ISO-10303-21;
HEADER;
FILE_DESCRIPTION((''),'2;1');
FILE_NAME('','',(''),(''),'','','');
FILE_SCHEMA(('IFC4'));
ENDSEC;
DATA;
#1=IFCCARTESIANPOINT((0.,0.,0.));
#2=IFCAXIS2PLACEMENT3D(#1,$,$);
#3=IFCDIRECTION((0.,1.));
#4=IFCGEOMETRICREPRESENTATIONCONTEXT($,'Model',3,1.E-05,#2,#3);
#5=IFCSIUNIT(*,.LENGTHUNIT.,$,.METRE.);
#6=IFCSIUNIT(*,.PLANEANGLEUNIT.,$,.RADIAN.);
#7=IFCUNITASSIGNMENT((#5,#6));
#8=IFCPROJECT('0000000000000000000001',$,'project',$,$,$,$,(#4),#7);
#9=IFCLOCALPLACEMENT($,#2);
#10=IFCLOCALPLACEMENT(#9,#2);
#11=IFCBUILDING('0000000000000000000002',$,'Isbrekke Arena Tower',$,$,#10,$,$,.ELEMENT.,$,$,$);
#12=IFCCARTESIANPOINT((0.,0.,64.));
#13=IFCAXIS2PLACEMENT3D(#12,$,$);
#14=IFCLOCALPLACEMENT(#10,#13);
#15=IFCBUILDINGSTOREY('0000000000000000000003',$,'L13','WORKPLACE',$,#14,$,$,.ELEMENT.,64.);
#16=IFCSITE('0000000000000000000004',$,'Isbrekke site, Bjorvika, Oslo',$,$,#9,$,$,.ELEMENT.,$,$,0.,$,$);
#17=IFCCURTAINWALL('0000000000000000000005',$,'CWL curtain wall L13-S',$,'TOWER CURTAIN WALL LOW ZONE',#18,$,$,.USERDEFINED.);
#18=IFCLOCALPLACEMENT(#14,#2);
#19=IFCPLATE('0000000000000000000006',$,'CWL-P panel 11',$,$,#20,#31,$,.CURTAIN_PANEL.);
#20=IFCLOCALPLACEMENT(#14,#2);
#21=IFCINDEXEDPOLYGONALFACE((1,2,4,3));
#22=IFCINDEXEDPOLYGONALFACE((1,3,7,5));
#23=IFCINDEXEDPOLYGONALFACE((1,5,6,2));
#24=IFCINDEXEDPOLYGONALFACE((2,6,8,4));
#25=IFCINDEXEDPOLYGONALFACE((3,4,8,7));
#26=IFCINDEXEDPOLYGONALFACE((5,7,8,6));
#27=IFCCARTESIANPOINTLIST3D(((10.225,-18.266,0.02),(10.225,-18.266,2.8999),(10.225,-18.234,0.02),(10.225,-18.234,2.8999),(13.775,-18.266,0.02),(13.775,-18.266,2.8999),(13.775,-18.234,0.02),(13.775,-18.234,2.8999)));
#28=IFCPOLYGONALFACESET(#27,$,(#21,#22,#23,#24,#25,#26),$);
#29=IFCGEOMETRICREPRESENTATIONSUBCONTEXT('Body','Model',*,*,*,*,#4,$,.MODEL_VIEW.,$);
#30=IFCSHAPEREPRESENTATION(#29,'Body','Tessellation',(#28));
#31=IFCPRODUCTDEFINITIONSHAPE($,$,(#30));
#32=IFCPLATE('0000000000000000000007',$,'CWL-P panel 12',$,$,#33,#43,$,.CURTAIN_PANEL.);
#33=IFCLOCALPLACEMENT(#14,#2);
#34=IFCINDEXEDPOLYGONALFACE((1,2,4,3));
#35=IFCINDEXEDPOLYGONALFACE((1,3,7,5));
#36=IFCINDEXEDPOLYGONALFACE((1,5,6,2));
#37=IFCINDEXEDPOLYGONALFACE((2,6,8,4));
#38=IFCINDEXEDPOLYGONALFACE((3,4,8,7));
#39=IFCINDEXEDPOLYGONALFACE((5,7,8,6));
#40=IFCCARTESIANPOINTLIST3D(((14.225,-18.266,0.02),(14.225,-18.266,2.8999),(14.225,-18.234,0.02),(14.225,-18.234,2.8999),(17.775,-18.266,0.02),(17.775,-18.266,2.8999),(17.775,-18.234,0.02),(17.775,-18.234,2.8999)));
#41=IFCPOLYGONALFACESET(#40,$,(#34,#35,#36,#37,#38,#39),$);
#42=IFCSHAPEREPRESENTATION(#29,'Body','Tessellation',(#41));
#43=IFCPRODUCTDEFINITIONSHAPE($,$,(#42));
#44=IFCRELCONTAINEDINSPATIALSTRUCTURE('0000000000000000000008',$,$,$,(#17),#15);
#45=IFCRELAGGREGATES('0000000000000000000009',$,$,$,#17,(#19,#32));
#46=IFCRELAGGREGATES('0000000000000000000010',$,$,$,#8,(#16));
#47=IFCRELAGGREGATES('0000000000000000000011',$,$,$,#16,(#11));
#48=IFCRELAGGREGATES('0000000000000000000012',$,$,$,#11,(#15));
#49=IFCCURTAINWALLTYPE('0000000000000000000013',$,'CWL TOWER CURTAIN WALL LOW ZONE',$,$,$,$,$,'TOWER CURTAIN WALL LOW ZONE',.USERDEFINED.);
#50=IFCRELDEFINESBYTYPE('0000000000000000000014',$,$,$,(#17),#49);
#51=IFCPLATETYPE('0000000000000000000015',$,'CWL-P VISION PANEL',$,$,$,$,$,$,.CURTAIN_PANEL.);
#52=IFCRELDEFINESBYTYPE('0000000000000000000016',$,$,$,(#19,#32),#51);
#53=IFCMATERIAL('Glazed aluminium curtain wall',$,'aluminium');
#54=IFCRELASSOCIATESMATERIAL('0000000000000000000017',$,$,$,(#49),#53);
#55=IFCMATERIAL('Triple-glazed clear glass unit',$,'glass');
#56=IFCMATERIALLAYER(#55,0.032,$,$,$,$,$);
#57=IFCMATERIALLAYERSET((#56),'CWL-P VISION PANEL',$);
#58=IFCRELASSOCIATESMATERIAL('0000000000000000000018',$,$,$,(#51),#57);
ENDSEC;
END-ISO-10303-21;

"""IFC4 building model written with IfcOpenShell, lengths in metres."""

from ifc_helpers import new_model, si_unit, direction, frame, origin, origin_2d, place, context, subcontext, project, spatial, rectangle, extrude, material, layer, layer_set, type_object, element, aggregate, save


model = new_model("IFC4")

# Units and contexts
model_context = context("Model", 3, precision=1e-05, world=origin(), true_north=direction((0.0, 1.0)))
body_context = subcontext(model_context, "Body", "Model", "MODEL_VIEW")
ifc_project = project(units=[si_unit("LENGTHUNIT", "METRE"), si_unit("PLANEANGLEUNIT", "RADIAN")], contexts=[model_context])

# Site, building, storey
site_placement = place(None, origin())
site = spatial("IfcSite", under=ifc_project, at=site_placement, Name="Isbrekke site, Bjorvika, Oslo", CompositionType="ELEMENT", RefElevation=0.0)
building_placement = place(site_placement, origin())
building = spatial("IfcBuilding", under=site, at=building_placement, Name="Isbrekke Arena Tower", CompositionType="ELEMENT")
storey_placement = place(building_placement, frame((0.0, 0.0, 64.0)))
storey = spatial("IfcBuildingStorey", under=building, at=storey_placement, Name="L13", Description="WORKPLACE", CompositionType="ELEMENT", Elevation=64.0)

# Curtain wall
ifc_material_1 = material(Name="Glazed aluminium curtain wall", Category="aluminium")
curtain_wall_type = type_object("IfcCurtainWallType", Name="CWL TOWER CURTAIN WALL LOW ZONE", ElementType="TOWER CURTAIN WALL LOW ZONE", PredefinedType="USERDEFINED", material=ifc_material_1)
curtain_wall_placement = place(storey_placement, origin())
curtain_wall = element("IfcCurtainWall", 1, at=curtain_wall_placement, inside=storey, type_object=curtain_wall_type, Name="CWL curtain wall L13-S", ObjectType="TOWER CURTAIN WALL LOW ZONE", PredefinedType="USERDEFINED")

# Plates
ifc_material_2 = material(Name="Triple-glazed clear glass unit", Category="glass")
ifc_layer = layer(ifc_material_2, 0.032)
ifc_layer_set = layer_set([ifc_layer], Name="CWL-P VISION PANEL")
plate_type = type_object("IfcPlateType", Name="CWL-P VISION PANEL", PredefinedType="CURTAIN_PANEL", material=ifc_layer_set)
plate_1_placement = place(storey_placement, frame((12.0, -18.25, 0.02), z_axis=(0.0, 0.0, 1.0), x_axis=(1.0, 0.0, 0.0)))
plate_1 = element("IfcPlate", 2, at=plate_1_placement, type_object=plate_type, Name="CWL-P panel 11", PredefinedType="CURTAIN_PANEL", context=body_context, shape_type="SweptSolid", body=[
    extrude(rectangle(XDim=3.55, YDim=0.032, at=origin_2d()), origin(), (0.0, 0.0, 1.0), 2.8799),
])
plate_2_placement = place(storey_placement, frame((16.0, -18.25, 0.02), z_axis=(0.0, 0.0, 1.0), x_axis=(1.0, 0.0, 0.0)))
plate_2 = element("IfcPlate", 3, at=plate_2_placement, type_object=plate_type, Name="CWL-P panel 12", PredefinedType="CURTAIN_PANEL", context=body_context, shape_type="SweptSolid", body=[
    extrude(rectangle(XDim=3.55, YDim=0.032, at=origin_2d()), origin(), (0.0, 0.0, 1.0), 2.8799),
])
aggregate(curtain_wall, [plate_1, plate_2])

save(model, "model.ifc")
